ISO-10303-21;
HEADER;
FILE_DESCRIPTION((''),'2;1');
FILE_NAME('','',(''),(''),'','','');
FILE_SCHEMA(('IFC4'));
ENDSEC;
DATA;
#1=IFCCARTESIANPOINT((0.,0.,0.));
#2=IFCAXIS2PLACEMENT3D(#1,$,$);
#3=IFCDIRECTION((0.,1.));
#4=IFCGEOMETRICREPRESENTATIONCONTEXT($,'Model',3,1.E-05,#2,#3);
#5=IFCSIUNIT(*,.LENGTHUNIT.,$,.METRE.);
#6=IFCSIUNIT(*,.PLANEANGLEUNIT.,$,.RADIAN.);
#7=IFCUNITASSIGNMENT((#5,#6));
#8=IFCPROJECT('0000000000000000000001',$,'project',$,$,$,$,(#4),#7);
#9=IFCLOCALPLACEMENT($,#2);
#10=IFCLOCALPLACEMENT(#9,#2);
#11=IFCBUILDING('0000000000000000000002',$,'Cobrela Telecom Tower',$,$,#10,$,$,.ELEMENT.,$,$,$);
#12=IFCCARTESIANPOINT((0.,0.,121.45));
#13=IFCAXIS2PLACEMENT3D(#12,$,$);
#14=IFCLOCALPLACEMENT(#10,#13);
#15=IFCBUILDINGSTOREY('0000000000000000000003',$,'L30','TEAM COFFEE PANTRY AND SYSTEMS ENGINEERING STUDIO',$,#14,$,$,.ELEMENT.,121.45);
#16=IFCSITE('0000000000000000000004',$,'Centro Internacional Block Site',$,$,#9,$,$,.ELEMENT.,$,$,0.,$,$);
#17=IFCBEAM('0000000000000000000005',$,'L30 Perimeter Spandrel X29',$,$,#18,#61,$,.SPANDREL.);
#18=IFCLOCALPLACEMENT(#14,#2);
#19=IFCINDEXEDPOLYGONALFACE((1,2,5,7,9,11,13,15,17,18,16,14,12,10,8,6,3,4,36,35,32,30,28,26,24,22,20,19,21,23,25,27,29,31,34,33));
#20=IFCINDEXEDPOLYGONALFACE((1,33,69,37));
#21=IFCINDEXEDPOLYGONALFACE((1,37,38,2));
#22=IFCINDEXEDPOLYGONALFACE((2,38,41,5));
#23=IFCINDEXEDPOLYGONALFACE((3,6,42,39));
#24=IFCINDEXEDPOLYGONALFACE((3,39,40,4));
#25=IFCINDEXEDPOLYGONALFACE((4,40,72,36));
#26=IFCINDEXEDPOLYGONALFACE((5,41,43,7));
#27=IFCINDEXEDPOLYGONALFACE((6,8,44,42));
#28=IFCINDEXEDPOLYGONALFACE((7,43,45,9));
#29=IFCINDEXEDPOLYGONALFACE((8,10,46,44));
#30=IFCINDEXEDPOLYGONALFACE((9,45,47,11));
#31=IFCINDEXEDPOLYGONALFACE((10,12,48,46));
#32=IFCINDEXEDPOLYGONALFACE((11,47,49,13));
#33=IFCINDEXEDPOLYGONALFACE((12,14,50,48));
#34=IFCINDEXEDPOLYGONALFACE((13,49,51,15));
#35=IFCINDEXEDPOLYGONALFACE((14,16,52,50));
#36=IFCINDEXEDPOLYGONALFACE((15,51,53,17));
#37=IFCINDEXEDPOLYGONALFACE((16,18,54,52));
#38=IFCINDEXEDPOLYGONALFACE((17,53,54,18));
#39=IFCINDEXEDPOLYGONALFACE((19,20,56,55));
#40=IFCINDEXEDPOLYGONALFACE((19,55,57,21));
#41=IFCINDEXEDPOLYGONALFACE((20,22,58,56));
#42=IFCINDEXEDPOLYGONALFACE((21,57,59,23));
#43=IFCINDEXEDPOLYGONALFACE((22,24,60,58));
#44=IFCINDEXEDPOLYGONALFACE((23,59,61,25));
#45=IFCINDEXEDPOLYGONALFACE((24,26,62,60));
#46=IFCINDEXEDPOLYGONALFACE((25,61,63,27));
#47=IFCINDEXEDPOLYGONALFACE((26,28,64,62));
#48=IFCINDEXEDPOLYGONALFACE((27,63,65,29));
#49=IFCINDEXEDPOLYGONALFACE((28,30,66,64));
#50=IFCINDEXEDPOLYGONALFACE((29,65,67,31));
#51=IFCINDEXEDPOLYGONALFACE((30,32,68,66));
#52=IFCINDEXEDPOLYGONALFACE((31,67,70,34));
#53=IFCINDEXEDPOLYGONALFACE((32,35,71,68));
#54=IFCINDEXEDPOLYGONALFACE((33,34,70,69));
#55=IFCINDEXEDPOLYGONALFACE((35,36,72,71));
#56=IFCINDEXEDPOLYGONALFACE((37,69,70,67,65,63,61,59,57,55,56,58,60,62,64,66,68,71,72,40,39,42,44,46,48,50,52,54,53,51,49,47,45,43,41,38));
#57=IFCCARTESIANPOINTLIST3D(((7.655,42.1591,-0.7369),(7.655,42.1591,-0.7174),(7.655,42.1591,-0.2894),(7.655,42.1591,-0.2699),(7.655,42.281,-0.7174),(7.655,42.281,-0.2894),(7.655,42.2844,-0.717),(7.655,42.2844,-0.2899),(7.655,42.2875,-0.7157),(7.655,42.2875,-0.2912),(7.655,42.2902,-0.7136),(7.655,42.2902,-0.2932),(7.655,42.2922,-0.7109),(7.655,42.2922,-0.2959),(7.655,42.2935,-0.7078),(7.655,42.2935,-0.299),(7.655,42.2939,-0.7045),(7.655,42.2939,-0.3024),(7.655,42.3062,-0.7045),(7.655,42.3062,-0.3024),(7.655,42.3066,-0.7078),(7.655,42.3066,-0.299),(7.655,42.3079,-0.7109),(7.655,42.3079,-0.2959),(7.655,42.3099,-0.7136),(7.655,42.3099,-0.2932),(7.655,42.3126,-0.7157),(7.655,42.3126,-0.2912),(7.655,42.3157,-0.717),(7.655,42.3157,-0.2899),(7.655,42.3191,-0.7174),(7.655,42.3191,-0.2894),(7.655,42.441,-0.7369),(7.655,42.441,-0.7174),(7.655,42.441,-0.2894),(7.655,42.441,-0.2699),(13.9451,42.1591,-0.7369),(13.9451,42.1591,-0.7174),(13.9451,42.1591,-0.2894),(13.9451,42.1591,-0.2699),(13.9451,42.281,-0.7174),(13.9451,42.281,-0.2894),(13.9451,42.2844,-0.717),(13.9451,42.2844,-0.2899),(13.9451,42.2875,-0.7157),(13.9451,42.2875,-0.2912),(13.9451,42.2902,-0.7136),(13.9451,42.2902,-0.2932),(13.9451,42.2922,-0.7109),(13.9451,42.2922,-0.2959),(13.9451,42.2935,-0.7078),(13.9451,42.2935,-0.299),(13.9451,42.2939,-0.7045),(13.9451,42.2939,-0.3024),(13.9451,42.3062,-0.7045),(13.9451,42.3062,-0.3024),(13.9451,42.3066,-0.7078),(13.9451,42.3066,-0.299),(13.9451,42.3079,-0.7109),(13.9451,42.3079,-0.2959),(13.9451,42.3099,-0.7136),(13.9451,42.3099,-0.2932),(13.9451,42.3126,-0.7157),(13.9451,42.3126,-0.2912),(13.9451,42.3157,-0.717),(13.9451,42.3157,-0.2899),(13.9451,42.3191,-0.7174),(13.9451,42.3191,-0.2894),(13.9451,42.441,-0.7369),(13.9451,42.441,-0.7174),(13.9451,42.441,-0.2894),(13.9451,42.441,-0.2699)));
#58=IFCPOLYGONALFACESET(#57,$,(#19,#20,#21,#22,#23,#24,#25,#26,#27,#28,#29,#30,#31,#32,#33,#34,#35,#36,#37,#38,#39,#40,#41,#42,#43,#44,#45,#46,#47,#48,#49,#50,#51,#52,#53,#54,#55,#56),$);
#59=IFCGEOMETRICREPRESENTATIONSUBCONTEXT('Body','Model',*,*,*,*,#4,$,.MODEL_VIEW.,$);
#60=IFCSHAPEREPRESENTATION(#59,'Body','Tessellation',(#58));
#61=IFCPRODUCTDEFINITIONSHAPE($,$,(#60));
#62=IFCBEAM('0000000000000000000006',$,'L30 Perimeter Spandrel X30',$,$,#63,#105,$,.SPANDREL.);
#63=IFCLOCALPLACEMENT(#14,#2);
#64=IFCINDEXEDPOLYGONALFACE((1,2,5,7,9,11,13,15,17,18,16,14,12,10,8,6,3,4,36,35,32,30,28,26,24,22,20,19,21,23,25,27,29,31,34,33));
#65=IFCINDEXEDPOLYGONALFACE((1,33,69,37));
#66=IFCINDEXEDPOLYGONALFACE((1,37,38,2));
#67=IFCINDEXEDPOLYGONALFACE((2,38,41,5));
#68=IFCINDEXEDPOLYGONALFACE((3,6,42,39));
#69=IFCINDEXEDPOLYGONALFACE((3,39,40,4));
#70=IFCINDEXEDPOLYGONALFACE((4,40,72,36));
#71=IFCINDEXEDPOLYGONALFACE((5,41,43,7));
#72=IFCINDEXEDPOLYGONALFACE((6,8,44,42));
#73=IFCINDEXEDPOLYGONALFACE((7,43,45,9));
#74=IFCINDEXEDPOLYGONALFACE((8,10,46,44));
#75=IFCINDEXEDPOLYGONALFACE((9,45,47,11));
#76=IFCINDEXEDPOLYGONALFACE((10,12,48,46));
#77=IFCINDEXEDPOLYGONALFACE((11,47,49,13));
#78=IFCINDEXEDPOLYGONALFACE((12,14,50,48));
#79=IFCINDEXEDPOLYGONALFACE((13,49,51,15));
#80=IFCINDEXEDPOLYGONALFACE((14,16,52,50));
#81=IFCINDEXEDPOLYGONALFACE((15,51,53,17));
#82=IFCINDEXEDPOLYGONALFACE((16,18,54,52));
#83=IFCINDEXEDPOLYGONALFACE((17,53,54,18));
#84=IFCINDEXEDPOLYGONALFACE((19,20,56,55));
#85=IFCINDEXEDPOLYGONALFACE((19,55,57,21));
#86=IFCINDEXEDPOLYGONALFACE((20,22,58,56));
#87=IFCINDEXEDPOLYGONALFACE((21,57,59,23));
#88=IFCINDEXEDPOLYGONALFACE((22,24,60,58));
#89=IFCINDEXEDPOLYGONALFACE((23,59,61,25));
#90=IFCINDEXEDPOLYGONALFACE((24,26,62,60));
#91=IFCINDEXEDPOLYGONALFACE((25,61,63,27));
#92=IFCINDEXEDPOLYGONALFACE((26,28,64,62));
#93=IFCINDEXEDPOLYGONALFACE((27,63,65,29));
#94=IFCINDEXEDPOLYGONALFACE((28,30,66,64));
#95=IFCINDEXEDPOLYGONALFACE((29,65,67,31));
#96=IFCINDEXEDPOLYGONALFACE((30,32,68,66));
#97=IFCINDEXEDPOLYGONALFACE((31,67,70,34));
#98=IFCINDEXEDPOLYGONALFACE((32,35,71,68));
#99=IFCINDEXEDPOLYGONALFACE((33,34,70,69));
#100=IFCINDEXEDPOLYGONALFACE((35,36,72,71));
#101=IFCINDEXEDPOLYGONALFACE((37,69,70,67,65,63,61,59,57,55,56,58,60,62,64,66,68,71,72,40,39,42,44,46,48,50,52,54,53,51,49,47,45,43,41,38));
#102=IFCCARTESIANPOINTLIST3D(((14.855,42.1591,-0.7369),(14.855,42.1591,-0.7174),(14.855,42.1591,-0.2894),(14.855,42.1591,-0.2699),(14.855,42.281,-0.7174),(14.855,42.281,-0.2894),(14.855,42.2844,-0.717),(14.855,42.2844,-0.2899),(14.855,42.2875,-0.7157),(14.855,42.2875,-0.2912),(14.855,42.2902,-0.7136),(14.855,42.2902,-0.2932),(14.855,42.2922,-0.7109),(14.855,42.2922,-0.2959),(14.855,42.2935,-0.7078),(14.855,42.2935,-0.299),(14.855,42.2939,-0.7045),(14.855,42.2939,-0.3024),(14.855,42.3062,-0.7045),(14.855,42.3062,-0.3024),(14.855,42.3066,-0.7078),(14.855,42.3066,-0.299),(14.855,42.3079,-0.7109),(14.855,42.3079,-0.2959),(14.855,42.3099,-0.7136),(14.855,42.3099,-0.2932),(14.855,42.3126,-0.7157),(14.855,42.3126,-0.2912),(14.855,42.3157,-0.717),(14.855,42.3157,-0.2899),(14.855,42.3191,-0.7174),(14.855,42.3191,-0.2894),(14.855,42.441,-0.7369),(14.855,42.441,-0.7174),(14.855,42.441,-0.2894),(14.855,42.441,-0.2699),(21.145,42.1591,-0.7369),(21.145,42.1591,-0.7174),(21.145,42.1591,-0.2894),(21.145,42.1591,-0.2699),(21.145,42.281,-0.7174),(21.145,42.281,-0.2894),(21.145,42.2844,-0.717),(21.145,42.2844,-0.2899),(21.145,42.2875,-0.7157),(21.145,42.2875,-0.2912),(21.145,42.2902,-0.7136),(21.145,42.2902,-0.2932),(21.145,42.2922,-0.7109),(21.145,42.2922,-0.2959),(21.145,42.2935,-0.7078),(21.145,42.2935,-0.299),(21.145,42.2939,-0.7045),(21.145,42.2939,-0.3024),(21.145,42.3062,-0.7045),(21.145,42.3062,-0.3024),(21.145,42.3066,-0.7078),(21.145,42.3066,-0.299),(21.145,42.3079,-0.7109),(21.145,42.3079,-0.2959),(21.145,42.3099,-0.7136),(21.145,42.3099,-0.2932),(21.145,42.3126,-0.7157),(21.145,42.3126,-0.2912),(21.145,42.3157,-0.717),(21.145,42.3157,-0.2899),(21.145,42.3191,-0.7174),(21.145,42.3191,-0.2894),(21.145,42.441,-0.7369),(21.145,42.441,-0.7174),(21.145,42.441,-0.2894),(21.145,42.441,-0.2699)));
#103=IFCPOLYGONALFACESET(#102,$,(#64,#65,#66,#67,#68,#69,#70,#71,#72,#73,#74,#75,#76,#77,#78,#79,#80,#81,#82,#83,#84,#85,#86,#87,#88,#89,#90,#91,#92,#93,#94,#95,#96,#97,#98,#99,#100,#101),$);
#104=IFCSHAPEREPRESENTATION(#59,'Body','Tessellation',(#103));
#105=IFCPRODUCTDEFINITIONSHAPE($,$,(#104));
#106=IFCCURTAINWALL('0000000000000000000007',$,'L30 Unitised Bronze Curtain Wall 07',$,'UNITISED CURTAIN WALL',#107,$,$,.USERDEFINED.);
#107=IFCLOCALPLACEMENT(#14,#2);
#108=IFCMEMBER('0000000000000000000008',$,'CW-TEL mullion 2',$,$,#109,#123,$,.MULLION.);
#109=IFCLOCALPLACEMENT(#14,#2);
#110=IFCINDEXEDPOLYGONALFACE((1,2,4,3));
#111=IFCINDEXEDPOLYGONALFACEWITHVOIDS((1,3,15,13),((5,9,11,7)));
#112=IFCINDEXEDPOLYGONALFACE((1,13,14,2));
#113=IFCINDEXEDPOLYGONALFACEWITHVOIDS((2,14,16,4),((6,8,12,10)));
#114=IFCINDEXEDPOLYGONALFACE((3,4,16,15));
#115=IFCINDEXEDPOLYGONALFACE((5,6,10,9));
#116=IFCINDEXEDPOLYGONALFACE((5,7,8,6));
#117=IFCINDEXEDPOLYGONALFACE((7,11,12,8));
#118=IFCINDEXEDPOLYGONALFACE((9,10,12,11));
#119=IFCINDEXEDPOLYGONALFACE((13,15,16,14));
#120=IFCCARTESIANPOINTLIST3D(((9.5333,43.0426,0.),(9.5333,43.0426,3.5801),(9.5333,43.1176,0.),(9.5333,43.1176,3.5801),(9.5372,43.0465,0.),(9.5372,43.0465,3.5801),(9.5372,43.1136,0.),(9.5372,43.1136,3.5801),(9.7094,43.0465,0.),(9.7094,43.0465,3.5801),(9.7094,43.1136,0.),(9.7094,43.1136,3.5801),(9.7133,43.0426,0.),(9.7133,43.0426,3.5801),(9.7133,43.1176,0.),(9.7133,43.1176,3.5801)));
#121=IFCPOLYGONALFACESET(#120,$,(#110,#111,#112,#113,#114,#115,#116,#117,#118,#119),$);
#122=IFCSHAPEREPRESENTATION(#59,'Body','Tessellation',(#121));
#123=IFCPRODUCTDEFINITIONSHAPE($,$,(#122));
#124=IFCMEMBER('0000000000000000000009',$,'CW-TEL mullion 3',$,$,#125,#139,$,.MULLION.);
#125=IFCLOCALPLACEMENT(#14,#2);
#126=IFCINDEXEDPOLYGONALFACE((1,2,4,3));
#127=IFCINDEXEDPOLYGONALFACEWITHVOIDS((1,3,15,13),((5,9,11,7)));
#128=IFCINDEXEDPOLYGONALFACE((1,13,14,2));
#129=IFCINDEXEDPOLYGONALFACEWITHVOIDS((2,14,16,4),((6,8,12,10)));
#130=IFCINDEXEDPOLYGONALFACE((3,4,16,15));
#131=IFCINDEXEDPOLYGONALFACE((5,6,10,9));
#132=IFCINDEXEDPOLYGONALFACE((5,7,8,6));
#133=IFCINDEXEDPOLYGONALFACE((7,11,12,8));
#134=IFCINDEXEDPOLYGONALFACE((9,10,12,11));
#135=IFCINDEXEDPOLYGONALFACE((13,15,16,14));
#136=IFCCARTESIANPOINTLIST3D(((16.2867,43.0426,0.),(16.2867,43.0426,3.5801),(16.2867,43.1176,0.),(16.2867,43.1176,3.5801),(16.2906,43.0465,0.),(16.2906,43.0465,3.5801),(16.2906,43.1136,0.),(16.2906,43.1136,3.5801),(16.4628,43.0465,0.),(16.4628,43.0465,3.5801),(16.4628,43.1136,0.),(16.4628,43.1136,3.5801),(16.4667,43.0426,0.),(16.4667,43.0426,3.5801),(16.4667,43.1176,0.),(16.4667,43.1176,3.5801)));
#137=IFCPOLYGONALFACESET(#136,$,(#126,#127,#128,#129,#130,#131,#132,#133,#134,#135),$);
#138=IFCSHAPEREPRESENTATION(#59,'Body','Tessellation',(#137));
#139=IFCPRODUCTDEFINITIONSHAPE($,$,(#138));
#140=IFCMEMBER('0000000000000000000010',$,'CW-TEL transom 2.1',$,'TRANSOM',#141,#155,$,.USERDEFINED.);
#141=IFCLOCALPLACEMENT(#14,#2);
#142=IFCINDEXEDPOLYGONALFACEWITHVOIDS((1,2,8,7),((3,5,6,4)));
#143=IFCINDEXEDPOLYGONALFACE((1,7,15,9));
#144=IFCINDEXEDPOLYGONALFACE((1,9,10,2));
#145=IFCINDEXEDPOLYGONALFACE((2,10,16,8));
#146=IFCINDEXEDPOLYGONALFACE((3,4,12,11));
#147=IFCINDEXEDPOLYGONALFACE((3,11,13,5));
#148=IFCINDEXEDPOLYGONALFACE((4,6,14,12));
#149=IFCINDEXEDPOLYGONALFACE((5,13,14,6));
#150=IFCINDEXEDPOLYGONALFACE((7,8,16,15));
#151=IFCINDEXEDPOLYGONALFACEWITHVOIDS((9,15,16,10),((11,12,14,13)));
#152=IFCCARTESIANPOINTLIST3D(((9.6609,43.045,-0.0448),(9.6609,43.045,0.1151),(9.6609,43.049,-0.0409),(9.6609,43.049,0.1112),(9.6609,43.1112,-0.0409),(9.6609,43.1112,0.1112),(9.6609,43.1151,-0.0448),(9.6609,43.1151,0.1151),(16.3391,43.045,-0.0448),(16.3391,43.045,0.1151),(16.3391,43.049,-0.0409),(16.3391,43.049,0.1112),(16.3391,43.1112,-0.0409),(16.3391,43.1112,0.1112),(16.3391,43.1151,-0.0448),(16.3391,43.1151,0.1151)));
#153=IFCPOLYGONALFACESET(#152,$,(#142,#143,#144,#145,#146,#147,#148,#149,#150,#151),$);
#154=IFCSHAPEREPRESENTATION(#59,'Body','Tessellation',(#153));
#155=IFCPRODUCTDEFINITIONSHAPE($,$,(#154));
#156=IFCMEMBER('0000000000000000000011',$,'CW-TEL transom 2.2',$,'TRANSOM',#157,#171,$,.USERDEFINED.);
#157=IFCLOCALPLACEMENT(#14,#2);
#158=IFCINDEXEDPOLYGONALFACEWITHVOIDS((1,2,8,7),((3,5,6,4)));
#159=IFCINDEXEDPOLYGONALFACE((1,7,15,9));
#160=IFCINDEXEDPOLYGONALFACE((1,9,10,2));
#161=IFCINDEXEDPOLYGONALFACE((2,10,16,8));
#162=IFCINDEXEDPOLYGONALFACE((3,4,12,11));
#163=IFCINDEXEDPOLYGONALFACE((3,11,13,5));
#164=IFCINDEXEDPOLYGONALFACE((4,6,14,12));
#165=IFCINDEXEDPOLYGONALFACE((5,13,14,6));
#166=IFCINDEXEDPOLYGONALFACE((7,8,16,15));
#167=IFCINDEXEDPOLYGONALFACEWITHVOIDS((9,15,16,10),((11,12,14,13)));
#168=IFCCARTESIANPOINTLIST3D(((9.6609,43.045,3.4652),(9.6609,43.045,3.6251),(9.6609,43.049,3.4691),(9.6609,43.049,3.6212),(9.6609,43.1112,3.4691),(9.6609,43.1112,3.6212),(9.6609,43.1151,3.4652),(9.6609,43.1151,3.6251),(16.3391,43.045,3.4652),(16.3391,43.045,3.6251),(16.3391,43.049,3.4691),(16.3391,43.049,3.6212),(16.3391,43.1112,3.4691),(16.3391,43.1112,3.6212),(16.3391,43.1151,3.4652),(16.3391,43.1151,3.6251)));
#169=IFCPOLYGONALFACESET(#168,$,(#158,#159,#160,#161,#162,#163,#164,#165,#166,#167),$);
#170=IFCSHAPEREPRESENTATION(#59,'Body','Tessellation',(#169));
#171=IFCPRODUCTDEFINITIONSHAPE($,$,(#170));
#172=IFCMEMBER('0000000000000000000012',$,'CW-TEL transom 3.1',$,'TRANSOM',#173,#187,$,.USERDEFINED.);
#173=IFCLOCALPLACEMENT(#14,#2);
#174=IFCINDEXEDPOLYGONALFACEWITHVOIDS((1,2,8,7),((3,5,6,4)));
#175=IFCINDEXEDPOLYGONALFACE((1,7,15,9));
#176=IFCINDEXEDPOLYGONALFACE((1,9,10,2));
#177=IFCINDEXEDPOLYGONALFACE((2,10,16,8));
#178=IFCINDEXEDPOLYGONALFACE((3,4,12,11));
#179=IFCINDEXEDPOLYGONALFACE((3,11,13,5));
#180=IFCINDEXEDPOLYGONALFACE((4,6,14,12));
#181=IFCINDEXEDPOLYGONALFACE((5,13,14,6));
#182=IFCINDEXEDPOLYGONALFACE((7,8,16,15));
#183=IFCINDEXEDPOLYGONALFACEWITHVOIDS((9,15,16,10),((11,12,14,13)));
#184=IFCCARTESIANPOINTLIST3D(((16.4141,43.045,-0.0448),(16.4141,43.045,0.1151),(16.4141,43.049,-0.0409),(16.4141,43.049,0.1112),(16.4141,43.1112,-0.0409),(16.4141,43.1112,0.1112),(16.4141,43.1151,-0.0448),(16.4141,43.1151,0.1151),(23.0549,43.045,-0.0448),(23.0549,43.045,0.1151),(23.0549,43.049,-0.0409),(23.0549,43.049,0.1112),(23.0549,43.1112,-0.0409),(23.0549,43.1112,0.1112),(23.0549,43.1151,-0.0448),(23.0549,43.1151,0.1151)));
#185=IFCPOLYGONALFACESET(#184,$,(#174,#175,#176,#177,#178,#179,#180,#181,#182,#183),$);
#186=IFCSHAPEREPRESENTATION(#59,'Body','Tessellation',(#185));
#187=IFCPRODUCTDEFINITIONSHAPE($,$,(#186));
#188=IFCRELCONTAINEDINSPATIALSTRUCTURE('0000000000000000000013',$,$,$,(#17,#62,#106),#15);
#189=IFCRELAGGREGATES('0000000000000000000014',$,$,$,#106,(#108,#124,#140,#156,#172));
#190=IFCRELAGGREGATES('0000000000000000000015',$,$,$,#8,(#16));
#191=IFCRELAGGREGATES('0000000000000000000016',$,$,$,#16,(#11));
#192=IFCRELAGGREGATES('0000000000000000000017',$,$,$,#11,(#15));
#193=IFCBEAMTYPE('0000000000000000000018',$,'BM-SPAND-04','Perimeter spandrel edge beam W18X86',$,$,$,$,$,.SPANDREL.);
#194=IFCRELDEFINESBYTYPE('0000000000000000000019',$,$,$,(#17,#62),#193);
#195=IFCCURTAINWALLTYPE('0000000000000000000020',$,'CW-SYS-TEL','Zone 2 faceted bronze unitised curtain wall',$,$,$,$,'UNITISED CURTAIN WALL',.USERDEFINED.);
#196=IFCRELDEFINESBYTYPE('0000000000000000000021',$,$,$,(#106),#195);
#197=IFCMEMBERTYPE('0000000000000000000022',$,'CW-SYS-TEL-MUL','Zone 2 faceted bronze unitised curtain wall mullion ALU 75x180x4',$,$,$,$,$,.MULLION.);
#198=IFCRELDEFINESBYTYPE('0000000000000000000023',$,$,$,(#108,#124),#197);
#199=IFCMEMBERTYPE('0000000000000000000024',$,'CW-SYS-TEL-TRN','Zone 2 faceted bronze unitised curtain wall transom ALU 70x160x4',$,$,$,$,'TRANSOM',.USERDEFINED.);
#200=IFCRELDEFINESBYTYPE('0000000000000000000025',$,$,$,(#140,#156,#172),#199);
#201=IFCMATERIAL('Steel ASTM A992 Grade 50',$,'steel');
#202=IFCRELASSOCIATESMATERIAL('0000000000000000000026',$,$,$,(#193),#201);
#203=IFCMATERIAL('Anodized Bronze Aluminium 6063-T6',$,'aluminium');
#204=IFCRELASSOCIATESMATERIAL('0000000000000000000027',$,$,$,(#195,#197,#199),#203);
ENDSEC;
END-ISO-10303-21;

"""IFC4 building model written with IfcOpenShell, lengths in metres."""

from ifc_helpers import new_model, si_unit, direction, frame, origin, origin_2d, place, context, subcontext, project, spatial, hollow_rectangle, i_section, extrude, material, material_profile, profile_set, type_object, element, aggregate, save


model = new_model("IFC4")

# Units and contexts
model_context = context("Model", 3, precision=1e-05, world=origin(), true_north=direction((0.0, 1.0)))
body_context = subcontext(model_context, "Body", "Model", "MODEL_VIEW")
ifc_project = project(units=[si_unit("LENGTHUNIT", "METRE"), si_unit("PLANEANGLEUNIT", "RADIAN")], contexts=[model_context])

# Site, building, storey
site_placement = place(None, origin())
site = spatial("IfcSite", under=ifc_project, at=site_placement, Name="Centro Internacional Block Site", CompositionType="ELEMENT", RefElevation=0.0)
building_placement = place(site_placement, origin())
building = spatial("IfcBuilding", under=site, at=building_placement, Name="Cobrela Telecom Tower", CompositionType="ELEMENT")
storey_placement = place(building_placement, frame((0.0, 0.0, 121.45)))
storey = spatial("IfcBuildingStorey", under=building, at=storey_placement, Name="L30", Description="TEAM COFFEE PANTRY AND SYSTEMS ENGINEERING STUDIO", CompositionType="ELEMENT", Elevation=121.45)

# Beams
ifc_material_1 = material(Name="Steel ASTM A992 Grade 50", Category="steel")
ifc_material_profile_1 = material_profile(ifc_material_1, i_section(OverallWidth=0.282, OverallDepth=0.467, WebThickness=0.0122, FlangeThickness=0.0195, FilletRadius=0.0129, at=origin_2d()), Name="W18X86")
ifc_profile_set_1 = profile_set([ifc_material_profile_1], Name="Steel ASTM A992 Grade 50")
beam_type_1 = type_object("IfcBeamType", Name="BM-SPAND-04", Description="Perimeter spandrel edge beam W18X86", PredefinedType="SPANDREL", material=ifc_profile_set_1)
for number, where, z_axis, x_axis, name in (
    (1, (7.655, 42.3, -0.5034), (1.0, 0.0, 0.0), (0.0, 1.0, 0.0), "L30 Perimeter Spandrel X29"),
    (2, (14.855, 42.3, -0.5034), (1.0, 0.0, 0.0), (0.0, 1.0, 0.0), "L30 Perimeter Spandrel X30"),
):
    element("IfcBeam", number, at=place(storey_placement, frame(where, z_axis=z_axis, x_axis=x_axis)), inside=storey, type_object=beam_type_1, Name=name, PredefinedType="SPANDREL", context=body_context, shape_type="SweptSolid", body=[
        extrude(i_section(OverallWidth=0.282, OverallDepth=0.467, WebThickness=0.0122, FlangeThickness=0.0195, FilletRadius=0.0129, at=origin_2d()), origin(), (0.0, 0.0, 1.0), 6.29),
    ])

# Curtain wall, members
ifc_material_2 = material(Name="Anodized Bronze Aluminium 6063-T6", Category="aluminium")
curtain_wall_type = type_object("IfcCurtainWallType", Name="CW-SYS-TEL", Description="Zone 2 faceted bronze unitised curtain wall", ElementType="UNITISED CURTAIN WALL", PredefinedType="USERDEFINED", material=ifc_material_2)
curtain_wall_placement = place(storey_placement, origin())
curtain_wall = element("IfcCurtainWall", 3, at=curtain_wall_placement, inside=storey, type_object=curtain_wall_type, Name="L30 Unitised Bronze Curtain Wall 07", ObjectType="UNITISED CURTAIN WALL", PredefinedType="USERDEFINED")
ifc_material_profile_2 = material_profile(ifc_material_2, hollow_rectangle(XDim=0.075, YDim=0.1799, WallThickness=0.0039, at=origin_2d()), Name="ALU 75x180x4")
ifc_profile_set_2 = profile_set([ifc_material_profile_2], Name="Anodized Bronze Aluminium 6063-T6")
member_type_1 = type_object("IfcMemberType", Name="CW-SYS-TEL-MUL", Description="Zone 2 faceted bronze unitised curtain wall mullion ALU 75x180x4", PredefinedType="MULLION", material=ifc_profile_set_2)
member_1_placement = place(storey_placement, frame((9.6233, 43.0801, 0.0), z_axis=(0.0, 0.0, 1.0), x_axis=(0.0, 1.0, 0.0)))
member_1 = element("IfcMember", 4, at=member_1_placement, type_object=member_type_1, Name="CW-TEL mullion 2", PredefinedType="MULLION", context=body_context, shape_type="SweptSolid", body=[
    extrude(hollow_rectangle(XDim=0.075, YDim=0.1799, WallThickness=0.0039, at=origin_2d()), origin(), (0.0, 0.0, 1.0), 3.5801),
])
member_2_placement = place(storey_placement, frame((16.3767, 43.0801, 0.0), z_axis=(0.0, 0.0, 1.0), x_axis=(0.0, 1.0, 0.0)))
member_2 = element("IfcMember", 5, at=member_2_placement, type_object=member_type_1, Name="CW-TEL mullion 3", PredefinedType="MULLION", context=body_context, shape_type="SweptSolid", body=[
    extrude(hollow_rectangle(XDim=0.075, YDim=0.1799, WallThickness=0.0039, at=origin_2d()), origin(), (0.0, 0.0, 1.0), 3.5801),
])
ifc_material_profile_3 = material_profile(ifc_material_2, hollow_rectangle(XDim=0.0701, YDim=0.1599, WallThickness=0.0039, at=origin_2d()), Name="ALU 70x160x4")
ifc_profile_set_3 = profile_set([ifc_material_profile_3], Name="Anodized Bronze Aluminium 6063-T6")
member_type_2 = type_object("IfcMemberType", Name="CW-SYS-TEL-TRN", Description="Zone 2 faceted bronze unitised curtain wall transom ALU 70x160x4", ElementType="TRANSOM", PredefinedType="USERDEFINED", material=ifc_profile_set_3)
member_3_placement = place(storey_placement, frame((9.6609, 43.0801, 0.0352), z_axis=(1.0, 0.0, 0.0), x_axis=(0.0, 1.0, 0.0)))
member_3 = element("IfcMember", 6, at=member_3_placement, type_object=member_type_2, Name="CW-TEL transom 2.1", ObjectType="TRANSOM", PredefinedType="USERDEFINED", context=body_context, shape_type="SweptSolid", body=[
    extrude(hollow_rectangle(XDim=0.0701, YDim=0.1599, WallThickness=0.0039, at=origin_2d()), origin(), (0.0, 0.0, 1.0), 6.6782),
])
member_4_placement = place(storey_placement, frame((9.6609, 43.0801, 3.5452), z_axis=(1.0, 0.0, 0.0), x_axis=(0.0, 1.0, 0.0)))
member_4 = element("IfcMember", 7, at=member_4_placement, type_object=member_type_2, Name="CW-TEL transom 2.2", ObjectType="TRANSOM", PredefinedType="USERDEFINED", context=body_context, shape_type="SweptSolid", body=[
    extrude(hollow_rectangle(XDim=0.0701, YDim=0.1599, WallThickness=0.0039, at=origin_2d()), origin(), (0.0, 0.0, 1.0), 6.6782),
])
member_5_placement = place(storey_placement, frame((16.4141, 43.0801, 0.0352), z_axis=(1.0, 0.0, 0.0), x_axis=(0.0, 1.0, 0.0)))
member_5 = element("IfcMember", 8, at=member_5_placement, type_object=member_type_2, Name="CW-TEL transom 3.1", ObjectType="TRANSOM", PredefinedType="USERDEFINED", context=body_context, shape_type="SweptSolid", body=[
    extrude(hollow_rectangle(XDim=0.0701, YDim=0.1599, WallThickness=0.0039, at=origin_2d()), origin(), (0.0, 0.0, 1.0), 6.6409),
])
aggregate(curtain_wall, [member_1, member_2, member_3, member_4, member_5])

save(model, "model.ifc")
